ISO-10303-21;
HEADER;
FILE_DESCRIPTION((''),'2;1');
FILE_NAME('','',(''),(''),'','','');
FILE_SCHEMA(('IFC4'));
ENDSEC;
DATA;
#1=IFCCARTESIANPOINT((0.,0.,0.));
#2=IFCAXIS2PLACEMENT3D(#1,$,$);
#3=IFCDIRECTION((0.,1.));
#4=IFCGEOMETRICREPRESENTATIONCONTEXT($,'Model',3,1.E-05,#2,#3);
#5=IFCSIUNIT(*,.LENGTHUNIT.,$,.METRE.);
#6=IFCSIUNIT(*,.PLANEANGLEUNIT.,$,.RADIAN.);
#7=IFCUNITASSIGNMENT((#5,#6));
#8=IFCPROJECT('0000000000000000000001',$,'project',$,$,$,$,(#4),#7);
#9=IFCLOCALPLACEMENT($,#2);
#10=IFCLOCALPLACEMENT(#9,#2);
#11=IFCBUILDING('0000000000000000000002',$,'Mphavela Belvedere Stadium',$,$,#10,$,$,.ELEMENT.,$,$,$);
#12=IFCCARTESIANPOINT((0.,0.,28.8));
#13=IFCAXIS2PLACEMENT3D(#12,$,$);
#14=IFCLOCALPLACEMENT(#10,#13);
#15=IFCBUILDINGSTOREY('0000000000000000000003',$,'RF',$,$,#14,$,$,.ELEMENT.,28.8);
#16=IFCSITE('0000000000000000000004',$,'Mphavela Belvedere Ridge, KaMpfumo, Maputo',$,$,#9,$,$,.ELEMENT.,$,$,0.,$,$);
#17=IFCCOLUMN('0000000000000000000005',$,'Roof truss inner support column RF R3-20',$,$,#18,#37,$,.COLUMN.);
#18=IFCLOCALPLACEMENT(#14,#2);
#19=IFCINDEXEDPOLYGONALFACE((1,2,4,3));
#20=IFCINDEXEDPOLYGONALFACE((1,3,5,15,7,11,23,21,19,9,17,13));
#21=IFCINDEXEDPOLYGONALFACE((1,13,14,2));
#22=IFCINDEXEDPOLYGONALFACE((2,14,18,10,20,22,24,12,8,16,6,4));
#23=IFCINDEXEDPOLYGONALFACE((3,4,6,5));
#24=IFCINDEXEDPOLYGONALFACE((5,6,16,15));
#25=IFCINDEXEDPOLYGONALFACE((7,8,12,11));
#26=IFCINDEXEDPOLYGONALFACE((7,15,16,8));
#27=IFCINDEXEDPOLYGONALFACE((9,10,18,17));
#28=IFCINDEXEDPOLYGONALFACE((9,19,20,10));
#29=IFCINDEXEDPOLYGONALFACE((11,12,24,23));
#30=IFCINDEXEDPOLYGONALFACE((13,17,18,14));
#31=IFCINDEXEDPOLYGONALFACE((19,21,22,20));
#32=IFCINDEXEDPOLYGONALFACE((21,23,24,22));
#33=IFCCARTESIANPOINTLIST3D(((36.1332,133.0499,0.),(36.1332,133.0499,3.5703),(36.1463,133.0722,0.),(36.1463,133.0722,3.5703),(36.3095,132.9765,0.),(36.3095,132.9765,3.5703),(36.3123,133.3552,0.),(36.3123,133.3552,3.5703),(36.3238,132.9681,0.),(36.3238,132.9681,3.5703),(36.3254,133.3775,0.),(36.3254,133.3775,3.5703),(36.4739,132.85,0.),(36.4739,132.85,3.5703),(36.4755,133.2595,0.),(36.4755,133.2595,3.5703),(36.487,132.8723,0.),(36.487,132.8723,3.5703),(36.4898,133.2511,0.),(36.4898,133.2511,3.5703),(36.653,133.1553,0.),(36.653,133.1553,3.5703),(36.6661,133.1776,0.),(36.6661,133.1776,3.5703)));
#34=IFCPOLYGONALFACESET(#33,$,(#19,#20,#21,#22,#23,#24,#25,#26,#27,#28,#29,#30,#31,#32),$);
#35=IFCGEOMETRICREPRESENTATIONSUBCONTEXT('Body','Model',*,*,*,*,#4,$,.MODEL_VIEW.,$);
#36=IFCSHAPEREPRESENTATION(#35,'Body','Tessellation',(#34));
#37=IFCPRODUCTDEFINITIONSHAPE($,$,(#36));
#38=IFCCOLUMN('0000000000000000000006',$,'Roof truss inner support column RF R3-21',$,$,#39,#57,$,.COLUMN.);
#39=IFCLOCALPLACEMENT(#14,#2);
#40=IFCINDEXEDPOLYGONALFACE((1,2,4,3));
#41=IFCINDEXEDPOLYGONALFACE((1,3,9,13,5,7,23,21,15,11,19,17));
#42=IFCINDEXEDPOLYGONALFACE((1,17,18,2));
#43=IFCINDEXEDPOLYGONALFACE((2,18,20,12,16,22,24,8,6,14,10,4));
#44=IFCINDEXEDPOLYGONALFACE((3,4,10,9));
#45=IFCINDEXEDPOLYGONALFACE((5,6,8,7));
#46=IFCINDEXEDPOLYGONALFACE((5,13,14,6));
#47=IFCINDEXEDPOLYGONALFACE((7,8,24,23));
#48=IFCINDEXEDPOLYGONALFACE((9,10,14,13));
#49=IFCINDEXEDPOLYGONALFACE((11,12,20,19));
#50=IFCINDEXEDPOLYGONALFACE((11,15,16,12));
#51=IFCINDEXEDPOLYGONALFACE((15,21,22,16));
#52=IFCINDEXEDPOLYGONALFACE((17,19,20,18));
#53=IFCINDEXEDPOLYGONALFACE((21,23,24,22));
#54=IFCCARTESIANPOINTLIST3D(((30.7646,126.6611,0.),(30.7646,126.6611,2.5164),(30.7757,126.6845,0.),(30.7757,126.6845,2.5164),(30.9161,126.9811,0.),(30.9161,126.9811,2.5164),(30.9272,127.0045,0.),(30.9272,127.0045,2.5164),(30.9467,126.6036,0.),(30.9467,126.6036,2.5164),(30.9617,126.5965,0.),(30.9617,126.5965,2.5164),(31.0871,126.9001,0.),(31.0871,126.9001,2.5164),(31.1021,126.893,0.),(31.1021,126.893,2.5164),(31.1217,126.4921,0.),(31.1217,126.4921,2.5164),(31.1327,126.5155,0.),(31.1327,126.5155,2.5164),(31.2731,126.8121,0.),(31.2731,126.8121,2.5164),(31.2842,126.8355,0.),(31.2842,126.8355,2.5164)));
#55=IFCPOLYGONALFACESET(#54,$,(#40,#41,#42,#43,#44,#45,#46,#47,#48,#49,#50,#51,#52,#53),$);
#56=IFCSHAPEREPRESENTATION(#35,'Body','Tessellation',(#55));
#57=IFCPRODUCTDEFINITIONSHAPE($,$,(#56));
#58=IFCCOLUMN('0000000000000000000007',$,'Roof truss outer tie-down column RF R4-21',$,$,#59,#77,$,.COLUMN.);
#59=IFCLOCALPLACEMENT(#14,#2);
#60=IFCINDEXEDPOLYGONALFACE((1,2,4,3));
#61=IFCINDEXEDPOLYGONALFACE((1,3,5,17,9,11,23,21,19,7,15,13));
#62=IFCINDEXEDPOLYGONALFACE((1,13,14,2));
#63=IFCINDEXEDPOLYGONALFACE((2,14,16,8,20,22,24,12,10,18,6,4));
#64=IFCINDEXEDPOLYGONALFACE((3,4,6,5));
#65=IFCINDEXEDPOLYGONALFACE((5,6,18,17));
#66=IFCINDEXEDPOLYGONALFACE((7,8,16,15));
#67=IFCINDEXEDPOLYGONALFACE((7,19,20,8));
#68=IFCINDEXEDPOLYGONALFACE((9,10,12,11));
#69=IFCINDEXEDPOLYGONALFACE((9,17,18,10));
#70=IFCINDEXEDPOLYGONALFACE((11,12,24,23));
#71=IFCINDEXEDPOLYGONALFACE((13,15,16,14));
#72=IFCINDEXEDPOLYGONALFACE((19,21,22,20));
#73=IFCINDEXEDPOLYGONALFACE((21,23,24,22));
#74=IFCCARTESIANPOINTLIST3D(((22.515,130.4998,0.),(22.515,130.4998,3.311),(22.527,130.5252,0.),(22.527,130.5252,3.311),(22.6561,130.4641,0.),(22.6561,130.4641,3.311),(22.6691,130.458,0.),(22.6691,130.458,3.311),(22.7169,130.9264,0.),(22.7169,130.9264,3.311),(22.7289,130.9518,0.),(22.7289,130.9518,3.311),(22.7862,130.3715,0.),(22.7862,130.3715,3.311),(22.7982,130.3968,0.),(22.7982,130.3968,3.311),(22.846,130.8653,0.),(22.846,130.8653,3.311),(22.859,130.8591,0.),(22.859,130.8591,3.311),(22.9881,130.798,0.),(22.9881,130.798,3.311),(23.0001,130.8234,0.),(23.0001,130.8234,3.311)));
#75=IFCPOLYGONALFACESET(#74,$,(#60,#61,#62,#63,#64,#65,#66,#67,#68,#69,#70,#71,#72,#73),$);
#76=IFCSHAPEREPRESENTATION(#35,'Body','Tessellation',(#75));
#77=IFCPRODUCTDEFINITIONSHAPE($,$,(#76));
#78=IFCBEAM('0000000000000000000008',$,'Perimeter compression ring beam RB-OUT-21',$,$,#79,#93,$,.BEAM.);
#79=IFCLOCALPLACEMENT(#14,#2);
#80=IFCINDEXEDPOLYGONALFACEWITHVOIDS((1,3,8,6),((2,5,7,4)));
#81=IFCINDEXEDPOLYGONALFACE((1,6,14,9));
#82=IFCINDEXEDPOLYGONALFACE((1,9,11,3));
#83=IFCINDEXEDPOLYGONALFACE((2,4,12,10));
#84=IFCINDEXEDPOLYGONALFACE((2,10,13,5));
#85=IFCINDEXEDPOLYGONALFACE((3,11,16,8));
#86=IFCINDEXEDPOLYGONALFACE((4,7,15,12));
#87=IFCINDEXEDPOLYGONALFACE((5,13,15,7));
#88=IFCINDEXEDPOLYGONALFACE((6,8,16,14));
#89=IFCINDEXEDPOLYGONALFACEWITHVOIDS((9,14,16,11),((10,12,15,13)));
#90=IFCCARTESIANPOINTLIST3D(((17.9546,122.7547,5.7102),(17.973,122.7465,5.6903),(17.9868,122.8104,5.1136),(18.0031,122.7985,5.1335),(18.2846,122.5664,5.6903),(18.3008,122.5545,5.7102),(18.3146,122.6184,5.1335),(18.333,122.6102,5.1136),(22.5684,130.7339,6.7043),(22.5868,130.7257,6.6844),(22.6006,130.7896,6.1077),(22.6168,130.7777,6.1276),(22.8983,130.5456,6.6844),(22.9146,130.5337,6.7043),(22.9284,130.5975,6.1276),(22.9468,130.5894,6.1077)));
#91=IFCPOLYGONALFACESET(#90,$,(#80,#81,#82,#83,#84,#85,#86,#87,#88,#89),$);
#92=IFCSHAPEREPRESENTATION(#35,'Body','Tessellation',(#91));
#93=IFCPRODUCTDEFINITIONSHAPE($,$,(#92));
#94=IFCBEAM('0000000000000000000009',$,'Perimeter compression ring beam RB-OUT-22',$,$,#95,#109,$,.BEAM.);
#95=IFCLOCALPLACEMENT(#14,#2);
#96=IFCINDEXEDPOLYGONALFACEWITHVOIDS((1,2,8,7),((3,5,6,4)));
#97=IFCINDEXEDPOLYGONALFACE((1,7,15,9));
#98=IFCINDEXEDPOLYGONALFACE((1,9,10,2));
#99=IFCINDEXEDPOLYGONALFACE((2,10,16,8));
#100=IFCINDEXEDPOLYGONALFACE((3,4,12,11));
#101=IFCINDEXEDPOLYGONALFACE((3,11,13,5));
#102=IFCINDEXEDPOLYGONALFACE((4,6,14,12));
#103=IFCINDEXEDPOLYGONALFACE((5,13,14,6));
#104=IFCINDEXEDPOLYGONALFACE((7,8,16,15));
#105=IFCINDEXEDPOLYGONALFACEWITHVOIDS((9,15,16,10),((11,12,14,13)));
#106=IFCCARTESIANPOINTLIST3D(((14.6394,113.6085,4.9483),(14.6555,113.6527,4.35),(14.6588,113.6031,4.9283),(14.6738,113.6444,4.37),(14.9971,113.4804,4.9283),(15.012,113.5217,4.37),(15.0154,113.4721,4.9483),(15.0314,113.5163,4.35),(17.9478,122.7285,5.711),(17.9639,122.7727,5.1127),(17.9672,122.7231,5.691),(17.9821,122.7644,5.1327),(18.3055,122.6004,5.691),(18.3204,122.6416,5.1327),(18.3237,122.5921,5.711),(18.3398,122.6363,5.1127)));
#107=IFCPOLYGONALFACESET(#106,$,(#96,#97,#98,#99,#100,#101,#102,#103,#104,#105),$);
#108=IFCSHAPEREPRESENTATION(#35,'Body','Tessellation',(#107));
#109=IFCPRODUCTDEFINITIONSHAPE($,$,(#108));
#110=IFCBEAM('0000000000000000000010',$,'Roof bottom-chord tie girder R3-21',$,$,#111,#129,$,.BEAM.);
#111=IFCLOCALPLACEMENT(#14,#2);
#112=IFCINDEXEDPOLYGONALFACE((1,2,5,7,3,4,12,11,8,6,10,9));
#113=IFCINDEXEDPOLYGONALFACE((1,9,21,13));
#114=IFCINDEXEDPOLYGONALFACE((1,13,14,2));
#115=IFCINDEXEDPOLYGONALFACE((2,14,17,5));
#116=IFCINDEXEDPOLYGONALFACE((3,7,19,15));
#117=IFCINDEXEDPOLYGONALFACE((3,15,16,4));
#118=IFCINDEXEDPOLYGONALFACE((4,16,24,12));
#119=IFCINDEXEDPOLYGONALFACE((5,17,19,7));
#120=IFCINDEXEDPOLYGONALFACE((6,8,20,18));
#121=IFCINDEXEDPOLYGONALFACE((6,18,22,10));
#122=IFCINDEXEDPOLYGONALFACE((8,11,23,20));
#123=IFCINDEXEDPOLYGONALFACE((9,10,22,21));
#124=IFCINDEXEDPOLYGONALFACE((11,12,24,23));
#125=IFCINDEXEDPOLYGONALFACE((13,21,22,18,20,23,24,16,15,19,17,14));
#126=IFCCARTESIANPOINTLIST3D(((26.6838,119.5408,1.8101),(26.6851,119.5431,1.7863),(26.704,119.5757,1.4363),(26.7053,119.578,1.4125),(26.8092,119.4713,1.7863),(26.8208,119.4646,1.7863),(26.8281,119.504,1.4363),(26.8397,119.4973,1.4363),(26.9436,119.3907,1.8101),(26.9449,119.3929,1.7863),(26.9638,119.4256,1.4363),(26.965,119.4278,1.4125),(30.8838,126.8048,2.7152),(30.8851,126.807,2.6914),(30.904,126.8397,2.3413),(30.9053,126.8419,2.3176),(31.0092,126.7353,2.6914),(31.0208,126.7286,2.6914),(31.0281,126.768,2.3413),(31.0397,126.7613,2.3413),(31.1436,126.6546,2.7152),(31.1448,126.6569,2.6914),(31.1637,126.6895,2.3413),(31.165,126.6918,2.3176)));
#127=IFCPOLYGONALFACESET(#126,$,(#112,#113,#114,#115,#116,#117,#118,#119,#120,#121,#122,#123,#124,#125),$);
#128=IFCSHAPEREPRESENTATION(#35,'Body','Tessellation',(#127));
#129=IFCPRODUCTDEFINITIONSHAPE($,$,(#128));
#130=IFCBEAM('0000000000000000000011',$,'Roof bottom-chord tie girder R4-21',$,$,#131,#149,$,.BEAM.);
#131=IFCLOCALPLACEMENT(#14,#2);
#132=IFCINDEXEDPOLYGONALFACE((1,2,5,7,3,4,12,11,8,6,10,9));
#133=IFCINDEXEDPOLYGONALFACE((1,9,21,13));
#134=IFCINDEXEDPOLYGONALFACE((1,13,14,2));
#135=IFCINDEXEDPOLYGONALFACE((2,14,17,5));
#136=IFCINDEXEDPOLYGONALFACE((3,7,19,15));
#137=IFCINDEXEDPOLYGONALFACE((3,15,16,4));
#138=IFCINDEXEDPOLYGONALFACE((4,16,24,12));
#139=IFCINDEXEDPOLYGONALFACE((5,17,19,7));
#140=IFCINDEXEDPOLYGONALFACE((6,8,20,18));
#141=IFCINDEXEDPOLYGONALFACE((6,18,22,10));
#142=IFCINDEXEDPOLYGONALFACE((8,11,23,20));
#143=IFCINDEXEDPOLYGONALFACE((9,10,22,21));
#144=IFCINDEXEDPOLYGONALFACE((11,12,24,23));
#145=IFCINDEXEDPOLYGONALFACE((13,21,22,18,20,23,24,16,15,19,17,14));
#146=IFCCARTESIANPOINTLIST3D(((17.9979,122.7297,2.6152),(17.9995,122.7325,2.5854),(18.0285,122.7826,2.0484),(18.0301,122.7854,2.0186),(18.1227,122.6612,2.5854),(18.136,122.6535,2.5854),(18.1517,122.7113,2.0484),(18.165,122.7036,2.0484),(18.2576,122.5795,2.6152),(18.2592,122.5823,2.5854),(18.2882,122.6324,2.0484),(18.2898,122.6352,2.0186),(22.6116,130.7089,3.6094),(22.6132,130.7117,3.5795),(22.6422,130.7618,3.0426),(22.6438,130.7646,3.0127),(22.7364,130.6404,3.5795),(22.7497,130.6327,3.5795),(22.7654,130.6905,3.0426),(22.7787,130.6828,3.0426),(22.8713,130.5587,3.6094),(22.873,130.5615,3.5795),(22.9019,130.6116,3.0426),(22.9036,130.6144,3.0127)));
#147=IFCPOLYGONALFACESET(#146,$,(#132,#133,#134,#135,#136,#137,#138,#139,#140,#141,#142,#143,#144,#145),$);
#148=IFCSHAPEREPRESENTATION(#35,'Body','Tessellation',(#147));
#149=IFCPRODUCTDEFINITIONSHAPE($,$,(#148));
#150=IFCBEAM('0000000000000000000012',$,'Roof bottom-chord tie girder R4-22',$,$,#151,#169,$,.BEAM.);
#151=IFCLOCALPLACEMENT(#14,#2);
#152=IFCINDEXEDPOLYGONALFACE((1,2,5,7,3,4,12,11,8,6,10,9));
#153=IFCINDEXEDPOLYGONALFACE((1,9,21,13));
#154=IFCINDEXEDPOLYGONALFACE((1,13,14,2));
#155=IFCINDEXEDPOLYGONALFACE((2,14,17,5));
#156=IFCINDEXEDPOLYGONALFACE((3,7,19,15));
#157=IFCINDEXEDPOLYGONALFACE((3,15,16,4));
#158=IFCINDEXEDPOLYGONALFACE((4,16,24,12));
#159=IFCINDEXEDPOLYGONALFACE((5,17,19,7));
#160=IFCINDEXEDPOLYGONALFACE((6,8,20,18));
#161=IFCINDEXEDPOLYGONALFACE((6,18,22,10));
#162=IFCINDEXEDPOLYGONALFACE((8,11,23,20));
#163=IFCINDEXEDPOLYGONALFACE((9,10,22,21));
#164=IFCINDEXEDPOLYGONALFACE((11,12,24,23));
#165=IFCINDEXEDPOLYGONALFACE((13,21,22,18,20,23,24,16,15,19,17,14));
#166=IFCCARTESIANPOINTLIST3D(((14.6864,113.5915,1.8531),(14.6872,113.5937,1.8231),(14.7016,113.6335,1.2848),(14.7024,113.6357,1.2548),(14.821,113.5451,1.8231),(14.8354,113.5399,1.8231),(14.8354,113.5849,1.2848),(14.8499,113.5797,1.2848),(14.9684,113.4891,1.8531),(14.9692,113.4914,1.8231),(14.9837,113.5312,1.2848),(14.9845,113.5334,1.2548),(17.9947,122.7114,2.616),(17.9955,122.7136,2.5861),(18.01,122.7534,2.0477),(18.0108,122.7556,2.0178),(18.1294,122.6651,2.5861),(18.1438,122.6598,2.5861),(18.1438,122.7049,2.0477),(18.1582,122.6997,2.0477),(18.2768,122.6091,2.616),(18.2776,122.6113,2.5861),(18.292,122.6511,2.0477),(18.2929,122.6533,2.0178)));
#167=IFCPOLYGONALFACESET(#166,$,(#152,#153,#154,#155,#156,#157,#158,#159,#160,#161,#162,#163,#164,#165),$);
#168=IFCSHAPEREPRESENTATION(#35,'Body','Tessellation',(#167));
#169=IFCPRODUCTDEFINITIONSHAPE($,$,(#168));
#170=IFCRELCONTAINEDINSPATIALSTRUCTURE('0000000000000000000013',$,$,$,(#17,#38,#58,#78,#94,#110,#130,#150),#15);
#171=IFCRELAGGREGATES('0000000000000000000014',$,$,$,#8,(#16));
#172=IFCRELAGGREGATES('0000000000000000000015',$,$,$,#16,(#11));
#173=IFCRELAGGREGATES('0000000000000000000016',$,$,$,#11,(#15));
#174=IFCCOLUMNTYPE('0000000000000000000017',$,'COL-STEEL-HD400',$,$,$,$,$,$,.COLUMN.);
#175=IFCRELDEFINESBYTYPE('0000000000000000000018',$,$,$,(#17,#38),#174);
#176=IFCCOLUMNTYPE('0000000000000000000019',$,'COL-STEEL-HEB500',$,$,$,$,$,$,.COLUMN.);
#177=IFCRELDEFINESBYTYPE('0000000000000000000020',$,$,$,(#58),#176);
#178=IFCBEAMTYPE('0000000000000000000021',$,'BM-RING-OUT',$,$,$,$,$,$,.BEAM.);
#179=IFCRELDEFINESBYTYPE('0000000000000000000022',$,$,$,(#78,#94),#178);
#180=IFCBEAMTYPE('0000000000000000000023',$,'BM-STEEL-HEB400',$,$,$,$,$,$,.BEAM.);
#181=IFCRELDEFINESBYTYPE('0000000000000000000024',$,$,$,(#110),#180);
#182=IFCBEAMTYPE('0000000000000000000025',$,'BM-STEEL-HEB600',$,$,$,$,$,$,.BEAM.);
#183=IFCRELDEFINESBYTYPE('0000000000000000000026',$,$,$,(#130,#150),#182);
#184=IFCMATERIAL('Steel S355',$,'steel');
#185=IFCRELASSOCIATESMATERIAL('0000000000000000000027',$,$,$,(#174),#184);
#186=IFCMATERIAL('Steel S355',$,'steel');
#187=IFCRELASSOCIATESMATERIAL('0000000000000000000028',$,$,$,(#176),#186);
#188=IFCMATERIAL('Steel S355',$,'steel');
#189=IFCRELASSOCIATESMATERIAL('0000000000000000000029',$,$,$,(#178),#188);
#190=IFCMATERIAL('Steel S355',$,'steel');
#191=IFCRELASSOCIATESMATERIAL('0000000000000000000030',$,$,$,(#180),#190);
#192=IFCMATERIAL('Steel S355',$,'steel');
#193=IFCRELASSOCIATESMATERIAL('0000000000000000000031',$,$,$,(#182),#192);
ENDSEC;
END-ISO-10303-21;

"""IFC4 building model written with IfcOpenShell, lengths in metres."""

from ifc_helpers import new_model, si_unit, direction, frame, origin, origin_2d, place, context, subcontext, project, spatial, hollow_rectangle, i_section, extrude, material, material_profile, profile_set, type_object, element, save


model = new_model("IFC4")

# Units and contexts
model_context = context("Model", 3, precision=1e-05, world=origin(), true_north=direction((0.0, 1.0)))
body_context = subcontext(model_context, "Body", "Model", "MODEL_VIEW")
ifc_project = project(units=[si_unit("LENGTHUNIT", "METRE"), si_unit("PLANEANGLEUNIT", "RADIAN")], contexts=[model_context])

# Site, building, storey
site_placement = place(None, origin())
site = spatial("IfcSite", under=ifc_project, at=site_placement, Name="Mphavela Belvedere Ridge, KaMpfumo, Maputo", CompositionType="ELEMENT", RefElevation=0.0)
building_placement = place(site_placement, origin())
building = spatial("IfcBuilding", under=site, at=building_placement, Name="Mphavela Belvedere Stadium", CompositionType="ELEMENT")
storey_placement = place(building_placement, frame((0.0, 0.0, 28.8)))
storey = spatial("IfcBuildingStorey", under=building, at=storey_placement, Name="RF", CompositionType="ELEMENT", Elevation=28.8)

# Columns
ifc_material_1 = material(Name="Steel S355", Category="steel")
ifc_material_profile_1 = material_profile(ifc_material_1, i_section(OverallWidth=0.395, OverallDepth=0.3799, WebThickness=0.0166, FlangeThickness=0.0259, at=origin_2d()), Name="HD 400x237")
ifc_profile_set_1 = profile_set([ifc_material_profile_1], Name="Steel S355")
column_type_1 = type_object("IfcColumnType", Name="COL-STEEL-HD400", PredefinedType="COLUMN", material=ifc_profile_set_1)
column_1_placement = place(storey_placement, frame((36.3997, 133.1138, 0.0), z_axis=(0.0, 0.0, 1.0), x_axis=(-0.862514, 0.506034, 0.0)))
element("IfcColumn", 1, at=column_1_placement, inside=storey, type_object=column_type_1, Name="Roof truss inner support column RF R3-20", PredefinedType="COLUMN", context=body_context, shape_type="SweptSolid", body=[
    extrude(i_section(OverallWidth=0.395, OverallDepth=0.3799, WebThickness=0.0166, FlangeThickness=0.0259, at=origin_2d()), origin(), (0.0, 0.0, 1.0), 3.5703),
])
column_2_placement = place(storey_placement, frame((31.0244, 126.7483, 0.0), z_axis=(0.0, 0.0, 1.0), x_axis=(-0.903859, 0.427831, 0.0)))
element("IfcColumn", 2, at=column_2_placement, inside=storey, type_object=column_type_1, Name="Roof truss inner support column RF R3-21", PredefinedType="COLUMN", context=body_context, shape_type="SweptSolid", body=[
    extrude(i_section(OverallWidth=0.395, OverallDepth=0.3799, WebThickness=0.0166, FlangeThickness=0.0259, at=origin_2d()), origin(), (0.0, 0.0, 1.0), 2.5164),
])
ifc_material_2 = material(Name="Steel S355", Category="steel")
ifc_material_profile_2 = material_profile(ifc_material_2, i_section(OverallWidth=0.3, OverallDepth=0.5, WebThickness=0.0144, FlangeThickness=0.0281, at=origin_2d()), Name="HEB 500")
ifc_profile_set_2 = profile_set([ifc_material_profile_2], Name="Steel S355")
column_type_2 = type_object("IfcColumnType", Name="COL-STEEL-HEB500", PredefinedType="COLUMN", material=ifc_profile_set_2)
column_3_placement = place(storey_placement, frame((22.7576, 130.6616, 0.0), z_axis=(0.0, 0.0, 1.0), x_axis=(-0.903859, 0.427831, 0.0)))
element("IfcColumn", 3, at=column_3_placement, inside=storey, type_object=column_type_2, Name="Roof truss outer tie-down column RF R4-21", PredefinedType="COLUMN", context=body_context, shape_type="SweptSolid", body=[
    extrude(i_section(OverallWidth=0.3, OverallDepth=0.5, WebThickness=0.0144, FlangeThickness=0.0281, at=origin_2d()), origin(), (0.0, 0.0, 1.0), 3.311),
])

# Beams
ifc_material_3 = material(Name="Steel S355", Category="steel")
ifc_material_profile_3 = material_profile(ifc_material_3, hollow_rectangle(XDim=0.3999, YDim=0.6001, WallThickness=0.02, at=origin_2d()), Name="RHS 600x400x20")
ifc_profile_set_3 = profile_set([ifc_material_profile_3], Name="Steel S355")
beam_type_1 = type_object("IfcBeamType", Name="BM-RING-OUT", PredefinedType="BEAM", material=ifc_profile_set_3)
beam_1_placement = place(storey_placement, frame((22.7576, 130.6616, 6.406), z_axis=(-0.497679, -0.860707, -0.107236), x_axis=(0.865699, -0.500565, 0.0)))
element("IfcBeam", 4, at=beam_1_placement, inside=storey, type_object=beam_type_1, Name="Perimeter compression ring beam RB-OUT-21", PredefinedType="BEAM", context=body_context, shape_type="SweptSolid", body=[
    extrude(hollow_rectangle(XDim=0.3999, YDim=0.6001, WallThickness=0.02, at=origin_2d()), origin(), (0.0, 0.0, 1.0), 9.2705),
])
beam_2_placement = place(storey_placement, frame((18.1438, 122.6824, 5.4119), z_axis=(-0.339969, -0.937165, -0.078375), x_axis=(0.940057, -0.341018, 0.0)))
element("IfcBeam", 5, at=beam_2_placement, inside=storey, type_object=beam_type_1, Name="Perimeter compression ring beam RB-OUT-22", PredefinedType="BEAM", context=body_context, shape_type="SweptSolid", body=[
    extrude(hollow_rectangle(XDim=0.3999, YDim=0.6001, WallThickness=0.02, at=origin_2d()), origin(), (0.0, 0.0, 1.0), 9.7314),
])
ifc_material_4 = material(Name="Steel S355", Category="steel")
ifc_material_profile_4 = material_profile(ifc_material_4, i_section(OverallWidth=0.3, OverallDepth=0.3999, WebThickness=0.0134, FlangeThickness=0.0239, at=origin_2d()), Name="HEB 400")
ifc_profile_set_4 = profile_set([ifc_material_profile_4], Name="Steel S355")
beam_type_2 = type_object("IfcBeamType", Name="BM-STEEL-HEB400", PredefinedType="BEAM", material=ifc_profile_set_4)
beam_3_placement = place(storey_placement, frame((31.0244, 126.7483, 2.5164), z_axis=(-0.497661, -0.860717, -0.107239), x_axis=(0.865709, -0.500548, 0.0)))
element("IfcBeam", 6, at=beam_3_placement, inside=storey, type_object=beam_type_2, Name="Roof bottom-chord tie girder R3-21", PredefinedType="BEAM", context=body_context, shape_type="SweptSolid", body=[
    extrude(i_section(OverallWidth=0.3, OverallDepth=0.3999, WebThickness=0.0134, FlangeThickness=0.0239, at=origin_2d()), origin(), (0.0, 0.0, 1.0), 8.4395),
])
ifc_material_5 = material(Name="Steel S355", Category="steel")
ifc_material_profile_5 = material_profile(ifc_material_5, i_section(OverallWidth=0.3, OverallDepth=0.6001, WebThickness=0.0154, FlangeThickness=0.03, at=origin_2d()), Name="HEB 600")
ifc_profile_set_5 = profile_set([ifc_material_profile_5], Name="Steel S355")
beam_type_3 = type_object("IfcBeamType", Name="BM-STEEL-HEB600", PredefinedType="BEAM", material=ifc_profile_set_5)
beam_4_placement = place(storey_placement, frame((22.7576, 130.6616, 3.311), z_axis=(-0.497679, -0.860707, -0.107236), x_axis=(0.865699, -0.500565, 0.0)))
element("IfcBeam", 7, at=beam_4_placement, inside=storey, type_object=beam_type_3, Name="Roof bottom-chord tie girder R4-21", PredefinedType="BEAM", context=body_context, shape_type="SweptSolid", body=[
    extrude(i_section(OverallWidth=0.3, OverallDepth=0.6001, WebThickness=0.0154, FlangeThickness=0.03, at=origin_2d()), origin(), (0.0, 0.0, 1.0), 9.2705),
])
beam_5_placement = place(storey_placement, frame((18.1438, 122.6824, 2.3169), z_axis=(-0.339968, -0.937163, -0.0784), x_axis=(0.940057, -0.341018, 0.0)))
element("IfcBeam", 8, at=beam_5_placement, inside=storey, type_object=beam_type_3, Name="Roof bottom-chord tie girder R4-22", PredefinedType="BEAM", context=body_context, shape_type="SweptSolid", body=[
    extrude(i_section(OverallWidth=0.3, OverallDepth=0.6001, WebThickness=0.0154, FlangeThickness=0.03, at=origin_2d()), origin(), (0.0, 0.0, 1.0), 9.7314),
])

save(model, "model.ifc")
